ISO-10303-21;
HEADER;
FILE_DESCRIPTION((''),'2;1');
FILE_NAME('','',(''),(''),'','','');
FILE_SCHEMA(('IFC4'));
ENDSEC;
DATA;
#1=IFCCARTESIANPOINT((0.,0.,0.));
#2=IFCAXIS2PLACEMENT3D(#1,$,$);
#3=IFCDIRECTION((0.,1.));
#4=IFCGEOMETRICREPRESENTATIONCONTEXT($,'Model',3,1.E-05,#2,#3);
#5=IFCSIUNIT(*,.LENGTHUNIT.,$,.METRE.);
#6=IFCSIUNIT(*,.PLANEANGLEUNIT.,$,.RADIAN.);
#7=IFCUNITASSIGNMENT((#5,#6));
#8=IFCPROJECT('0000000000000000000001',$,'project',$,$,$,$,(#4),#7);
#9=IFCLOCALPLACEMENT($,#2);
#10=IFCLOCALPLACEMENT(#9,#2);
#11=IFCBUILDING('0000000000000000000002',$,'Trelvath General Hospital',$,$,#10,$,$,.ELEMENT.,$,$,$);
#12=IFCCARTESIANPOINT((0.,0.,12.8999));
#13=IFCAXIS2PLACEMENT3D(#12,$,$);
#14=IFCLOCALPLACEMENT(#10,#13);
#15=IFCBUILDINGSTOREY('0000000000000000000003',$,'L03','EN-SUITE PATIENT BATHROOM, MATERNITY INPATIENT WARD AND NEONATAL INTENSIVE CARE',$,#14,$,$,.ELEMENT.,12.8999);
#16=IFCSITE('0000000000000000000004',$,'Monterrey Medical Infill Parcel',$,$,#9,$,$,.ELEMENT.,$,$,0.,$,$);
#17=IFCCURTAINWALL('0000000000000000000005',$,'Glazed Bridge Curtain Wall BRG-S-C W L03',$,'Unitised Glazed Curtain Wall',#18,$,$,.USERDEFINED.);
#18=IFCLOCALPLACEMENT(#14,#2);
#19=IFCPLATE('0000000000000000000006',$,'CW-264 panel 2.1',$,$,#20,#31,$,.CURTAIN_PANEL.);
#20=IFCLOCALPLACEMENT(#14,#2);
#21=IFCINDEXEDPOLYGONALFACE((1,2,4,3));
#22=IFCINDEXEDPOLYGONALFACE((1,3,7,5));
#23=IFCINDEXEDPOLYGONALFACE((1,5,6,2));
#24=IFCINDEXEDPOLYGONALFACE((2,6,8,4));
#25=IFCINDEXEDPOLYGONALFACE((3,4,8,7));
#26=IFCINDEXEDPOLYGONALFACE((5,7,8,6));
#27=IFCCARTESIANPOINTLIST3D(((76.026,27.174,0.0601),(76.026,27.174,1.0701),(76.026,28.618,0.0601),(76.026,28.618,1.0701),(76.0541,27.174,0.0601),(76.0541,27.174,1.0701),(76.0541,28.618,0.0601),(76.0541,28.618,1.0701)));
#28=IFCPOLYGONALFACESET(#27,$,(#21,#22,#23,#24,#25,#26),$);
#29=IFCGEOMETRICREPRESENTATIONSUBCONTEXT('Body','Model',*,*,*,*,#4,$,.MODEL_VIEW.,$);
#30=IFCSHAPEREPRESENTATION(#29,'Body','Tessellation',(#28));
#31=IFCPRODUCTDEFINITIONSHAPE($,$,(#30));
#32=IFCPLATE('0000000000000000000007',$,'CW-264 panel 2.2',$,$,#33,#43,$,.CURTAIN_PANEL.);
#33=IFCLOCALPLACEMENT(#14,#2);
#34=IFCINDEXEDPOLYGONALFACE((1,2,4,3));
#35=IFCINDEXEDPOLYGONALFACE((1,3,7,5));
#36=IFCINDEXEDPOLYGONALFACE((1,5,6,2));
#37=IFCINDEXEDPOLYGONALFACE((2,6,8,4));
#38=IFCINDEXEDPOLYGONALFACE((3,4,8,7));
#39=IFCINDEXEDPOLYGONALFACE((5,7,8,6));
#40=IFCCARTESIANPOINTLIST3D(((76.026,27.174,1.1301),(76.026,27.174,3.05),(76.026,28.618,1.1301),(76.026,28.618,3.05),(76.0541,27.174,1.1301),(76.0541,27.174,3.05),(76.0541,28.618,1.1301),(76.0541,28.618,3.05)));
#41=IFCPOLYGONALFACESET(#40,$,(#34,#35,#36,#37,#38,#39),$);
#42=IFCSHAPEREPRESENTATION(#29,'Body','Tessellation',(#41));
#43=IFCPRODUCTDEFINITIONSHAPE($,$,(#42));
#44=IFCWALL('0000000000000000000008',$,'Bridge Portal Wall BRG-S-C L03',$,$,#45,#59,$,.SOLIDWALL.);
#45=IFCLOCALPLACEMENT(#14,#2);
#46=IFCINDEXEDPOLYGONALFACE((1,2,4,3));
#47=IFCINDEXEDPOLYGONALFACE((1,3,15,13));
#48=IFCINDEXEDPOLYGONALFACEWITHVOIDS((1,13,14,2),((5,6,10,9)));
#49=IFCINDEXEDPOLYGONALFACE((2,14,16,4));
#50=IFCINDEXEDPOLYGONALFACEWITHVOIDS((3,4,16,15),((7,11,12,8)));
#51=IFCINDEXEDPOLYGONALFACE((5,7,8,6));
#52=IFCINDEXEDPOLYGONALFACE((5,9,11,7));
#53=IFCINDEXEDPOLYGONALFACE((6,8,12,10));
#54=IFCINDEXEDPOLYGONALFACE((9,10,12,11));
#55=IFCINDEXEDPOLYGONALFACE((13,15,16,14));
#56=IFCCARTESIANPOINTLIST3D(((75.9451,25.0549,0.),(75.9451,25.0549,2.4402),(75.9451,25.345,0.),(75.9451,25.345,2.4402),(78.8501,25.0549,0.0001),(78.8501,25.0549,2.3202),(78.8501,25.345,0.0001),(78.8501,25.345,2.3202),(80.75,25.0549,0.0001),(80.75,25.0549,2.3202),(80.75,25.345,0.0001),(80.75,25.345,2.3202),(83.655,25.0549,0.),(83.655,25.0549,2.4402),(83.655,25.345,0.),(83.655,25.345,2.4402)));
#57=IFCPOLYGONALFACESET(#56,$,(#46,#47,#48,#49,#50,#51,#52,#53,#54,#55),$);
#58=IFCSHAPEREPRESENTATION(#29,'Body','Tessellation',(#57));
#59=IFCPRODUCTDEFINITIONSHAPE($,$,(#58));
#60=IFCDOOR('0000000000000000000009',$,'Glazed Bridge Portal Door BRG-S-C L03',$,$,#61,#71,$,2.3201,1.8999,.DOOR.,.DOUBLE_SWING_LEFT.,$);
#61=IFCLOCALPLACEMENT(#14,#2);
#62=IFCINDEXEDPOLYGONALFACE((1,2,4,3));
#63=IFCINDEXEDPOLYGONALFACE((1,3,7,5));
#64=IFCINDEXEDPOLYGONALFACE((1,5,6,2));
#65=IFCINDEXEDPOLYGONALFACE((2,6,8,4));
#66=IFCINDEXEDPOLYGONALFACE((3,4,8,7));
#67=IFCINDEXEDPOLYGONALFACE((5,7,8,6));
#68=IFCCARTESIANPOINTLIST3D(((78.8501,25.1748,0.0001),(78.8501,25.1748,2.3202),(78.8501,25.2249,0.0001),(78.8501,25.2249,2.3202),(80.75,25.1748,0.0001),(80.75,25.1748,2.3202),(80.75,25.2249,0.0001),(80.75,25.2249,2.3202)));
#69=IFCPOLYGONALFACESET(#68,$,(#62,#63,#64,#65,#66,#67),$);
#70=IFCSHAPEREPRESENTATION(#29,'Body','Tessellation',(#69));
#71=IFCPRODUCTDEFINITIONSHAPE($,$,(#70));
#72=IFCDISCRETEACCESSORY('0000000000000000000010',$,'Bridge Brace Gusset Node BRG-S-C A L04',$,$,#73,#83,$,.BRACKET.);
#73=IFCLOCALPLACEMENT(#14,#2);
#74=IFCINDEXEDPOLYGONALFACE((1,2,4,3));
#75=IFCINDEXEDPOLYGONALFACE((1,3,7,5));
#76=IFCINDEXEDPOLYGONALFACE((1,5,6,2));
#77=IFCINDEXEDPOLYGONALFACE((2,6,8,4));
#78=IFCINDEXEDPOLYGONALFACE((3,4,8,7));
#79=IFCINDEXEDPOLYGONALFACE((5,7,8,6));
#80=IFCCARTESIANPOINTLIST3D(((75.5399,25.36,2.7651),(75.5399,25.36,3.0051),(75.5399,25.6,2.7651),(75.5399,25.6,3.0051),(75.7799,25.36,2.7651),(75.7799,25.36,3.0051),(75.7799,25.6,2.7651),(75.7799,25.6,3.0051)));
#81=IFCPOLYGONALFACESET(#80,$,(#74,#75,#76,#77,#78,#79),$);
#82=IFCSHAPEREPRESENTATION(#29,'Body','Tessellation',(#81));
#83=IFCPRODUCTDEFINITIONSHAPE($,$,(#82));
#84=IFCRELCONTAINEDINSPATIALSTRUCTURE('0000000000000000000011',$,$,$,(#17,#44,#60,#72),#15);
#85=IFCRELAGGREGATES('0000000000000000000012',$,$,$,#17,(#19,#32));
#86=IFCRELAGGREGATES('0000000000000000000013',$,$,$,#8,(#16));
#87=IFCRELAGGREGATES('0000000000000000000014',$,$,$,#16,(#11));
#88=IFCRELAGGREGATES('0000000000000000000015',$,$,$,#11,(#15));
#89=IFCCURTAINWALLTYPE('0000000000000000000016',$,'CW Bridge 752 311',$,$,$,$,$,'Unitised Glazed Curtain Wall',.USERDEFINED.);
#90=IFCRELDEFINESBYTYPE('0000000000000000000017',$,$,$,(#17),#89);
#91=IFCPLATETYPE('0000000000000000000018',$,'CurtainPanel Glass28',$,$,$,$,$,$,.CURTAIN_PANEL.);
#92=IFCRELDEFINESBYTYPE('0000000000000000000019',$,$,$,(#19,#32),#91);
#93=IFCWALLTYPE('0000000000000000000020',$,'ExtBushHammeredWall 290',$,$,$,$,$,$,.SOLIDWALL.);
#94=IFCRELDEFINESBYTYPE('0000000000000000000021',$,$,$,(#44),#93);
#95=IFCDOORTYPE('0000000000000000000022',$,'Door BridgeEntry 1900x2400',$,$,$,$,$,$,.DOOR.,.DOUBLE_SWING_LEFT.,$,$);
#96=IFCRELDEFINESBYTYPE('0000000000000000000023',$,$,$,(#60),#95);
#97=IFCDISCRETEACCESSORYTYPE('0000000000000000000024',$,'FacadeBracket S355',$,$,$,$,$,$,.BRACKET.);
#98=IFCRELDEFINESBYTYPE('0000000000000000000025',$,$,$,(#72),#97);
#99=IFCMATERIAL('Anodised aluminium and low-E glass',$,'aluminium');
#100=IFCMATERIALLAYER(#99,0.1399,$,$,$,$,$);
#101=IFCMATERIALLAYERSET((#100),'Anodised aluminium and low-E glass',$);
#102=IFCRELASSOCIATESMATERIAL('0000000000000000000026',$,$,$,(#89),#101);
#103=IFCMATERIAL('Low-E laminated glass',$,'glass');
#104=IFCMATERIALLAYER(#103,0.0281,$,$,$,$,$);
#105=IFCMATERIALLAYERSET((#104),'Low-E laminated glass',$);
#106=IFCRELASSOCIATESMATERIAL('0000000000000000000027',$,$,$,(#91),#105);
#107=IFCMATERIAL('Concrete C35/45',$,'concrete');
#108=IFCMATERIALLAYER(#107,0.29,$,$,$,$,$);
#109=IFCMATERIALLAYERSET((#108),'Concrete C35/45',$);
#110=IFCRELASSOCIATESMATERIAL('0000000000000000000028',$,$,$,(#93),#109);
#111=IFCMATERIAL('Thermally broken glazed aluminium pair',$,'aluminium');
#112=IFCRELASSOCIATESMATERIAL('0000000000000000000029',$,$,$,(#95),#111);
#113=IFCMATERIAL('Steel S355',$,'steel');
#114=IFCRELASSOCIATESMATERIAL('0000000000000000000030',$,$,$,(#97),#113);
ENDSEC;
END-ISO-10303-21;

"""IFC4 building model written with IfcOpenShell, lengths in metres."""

from ifc_helpers import new_model, si_unit, direction, frame, frame_2d, origin, origin_2d, place, context, subcontext, project, spatial, rectangle, extrude, material, layer, layer_set, type_object, element, fill, aggregate, save


model = new_model("IFC4")

# Units and contexts
model_context = context("Model", 3, precision=1e-05, world=origin(), true_north=direction((0.0, 1.0)))
body_context = subcontext(model_context, "Body", "Model", "MODEL_VIEW")
ifc_project = project(units=[si_unit("LENGTHUNIT", "METRE"), si_unit("PLANEANGLEUNIT", "RADIAN")], contexts=[model_context])

# Site, building, storey
site_placement = place(None, origin())
site = spatial("IfcSite", under=ifc_project, at=site_placement, Name="Monterrey Medical Infill Parcel", CompositionType="ELEMENT", RefElevation=0.0)
building_placement = place(site_placement, origin())
building = spatial("IfcBuilding", under=site, at=building_placement, Name="Trelvath General Hospital", CompositionType="ELEMENT")
storey_placement = place(building_placement, frame((0.0, 0.0, 12.8999)))
storey = spatial("IfcBuildingStorey", under=building, at=storey_placement, Name="L03", Description="EN-SUITE PATIENT BATHROOM, MATERNITY INPATIENT WARD AND NEONATAL INTENSIVE CARE", CompositionType="ELEMENT", Elevation=12.8999)

# Curtain wall, plates
ifc_material_1 = material(Name="Anodised aluminium and low-E glass", Category="aluminium")
ifc_layer_1 = layer(ifc_material_1, 0.1399)
ifc_layer_set_1 = layer_set([ifc_layer_1], Name="Anodised aluminium and low-E glass")
curtain_wall_type = type_object("IfcCurtainWallType", Name="CW Bridge 752 311", ElementType="Unitised Glazed Curtain Wall", PredefinedType="USERDEFINED", material=ifc_layer_set_1)
curtain_wall_placement = place(storey_placement, origin())
curtain_wall = element("IfcCurtainWall", 1, at=curtain_wall_placement, inside=storey, type_object=curtain_wall_type, Name="Glazed Bridge Curtain Wall BRG-S-C W L03", ObjectType="Unitised Glazed Curtain Wall", PredefinedType="USERDEFINED")
ifc_material_2 = material(Name="Low-E laminated glass", Category="glass")
ifc_layer_2 = layer(ifc_material_2, 0.0281)
ifc_layer_set_2 = layer_set([ifc_layer_2], Name="Low-E laminated glass")
plate_type = type_object("IfcPlateType", Name="CurtainPanel Glass28", PredefinedType="CURTAIN_PANEL", material=ifc_layer_set_2)
plate_1_placement = place(storey_placement, frame((76.04, 27.896, 0.0601), z_axis=(0.0, 0.0, 1.0), x_axis=(0.0, 1.0, 0.0)))
plate_1 = element("IfcPlate", 2, at=plate_1_placement, type_object=plate_type, Name="CW-264 panel 2.1", PredefinedType="CURTAIN_PANEL", context=body_context, shape_type="SweptSolid", body=[
    extrude(rectangle(XDim=1.4441, YDim=0.0281, at=origin_2d()), origin(), (0.0, 0.0, 1.0), 1.01),
])
plate_2_placement = place(storey_placement, frame((76.04, 27.896, 1.1301), z_axis=(0.0, 0.0, 1.0), x_axis=(0.0, 1.0, 0.0)))
plate_2 = element("IfcPlate", 3, at=plate_2_placement, type_object=plate_type, Name="CW-264 panel 2.2", PredefinedType="CURTAIN_PANEL", context=body_context, shape_type="SweptSolid", body=[
    extrude(rectangle(XDim=1.4441, YDim=0.0281, at=origin_2d()), origin(), (0.0, 0.0, 1.0), 1.9199),
])
aggregate(curtain_wall, [plate_1, plate_2])

# Wall, opening, door
ifc_material_3 = material(Name="Concrete C35/45", Category="concrete")
ifc_layer_3 = layer(ifc_material_3, 0.29)
ifc_layer_set_3 = layer_set([ifc_layer_3], Name="Concrete C35/45")
wall_type = type_object("IfcWallType", Name="ExtBushHammeredWall 290", PredefinedType="SOLIDWALL", material=ifc_layer_set_3)
wall_placement = place(storey_placement, frame((75.9451, 25.2, 0.0), z_axis=(0.0, 0.0, 1.0), x_axis=(1.0, 0.0, 0.0)))
wall = element("IfcWall", 4, at=wall_placement, inside=storey, type_object=wall_type, Name="Bridge Portal Wall BRG-S-C L03", PredefinedType="SOLIDWALL", context=body_context, shape_type="SweptSolid", body=[
    extrude(rectangle(XDim=7.71, YDim=0.29, at=frame_2d((3.855, 0.0))), origin(), (0.0, 0.0, 1.0), 2.4402),
])
opening_placement = place(wall_placement, frame((2.905, 0.0, 0.0)))
opening = element("IfcOpeningElement", 5, at=opening_placement, cuts=wall, PredefinedType="OPENING", context=body_context, shape_type="SweptSolid", body=[
    extrude(rectangle(XDim=1.8999, YDim=2.3201, at=frame_2d((0.95, 1.1602))), frame((0.0, 0.155, 0.0), z_axis=(0.0, -1.0, 0.0), x_axis=(1.0, 0.0, 0.0)), (0.0, 0.0, 1.0), 0.3101),
])
ifc_material_4 = material(Name="Thermally broken glazed aluminium pair", Category="aluminium")
door_type = type_object("IfcDoorType", Name="Door BridgeEntry 1900x2400", OperationType="DOUBLE_SWING_LEFT", PredefinedType="DOOR", material=ifc_material_4)
door_placement = place(opening_placement, origin())
door = element("IfcDoor", 6, at=door_placement, inside=storey, type_object=door_type, Name="Glazed Bridge Portal Door BRG-S-C L03", OperationType="DOUBLE_SWING_LEFT", OverallHeight=2.3201, OverallWidth=1.8999, PredefinedType="DOOR", context=body_context, shape_type="SweptSolid", body=[
    extrude(rectangle(XDim=1.8999, YDim=2.3201, at=frame_2d((0.95, 1.1602))), frame((0.0, 0.0249, 0.0), z_axis=(0.0, -1.0, 0.0), x_axis=(1.0, 0.0, 0.0)), (0.0, 0.0, 1.0), 0.05),
])
fill(opening, door)

# Discrete accessory
ifc_material_5 = material(Name="Steel S355", Category="steel")
discrete_accessory_type = type_object("IfcDiscreteAccessoryType", Name="FacadeBracket S355", PredefinedType="BRACKET", material=ifc_material_5)
discrete_accessory_placement = place(storey_placement, frame((75.6599, 25.48, 2.7651), z_axis=(0.0, 0.0, 1.0), x_axis=(1.0, 0.0, 0.0)))
element("IfcDiscreteAccessory", 7, at=discrete_accessory_placement, inside=storey, type_object=discrete_accessory_type, Name="Bridge Brace Gusset Node BRG-S-C A L04", PredefinedType="BRACKET", context=body_context, shape_type="SweptSolid", body=[
    extrude(rectangle(XDim=0.24, YDim=0.24, at=origin_2d()), origin(), (0.0, 0.0, 1.0), 0.24),
])

save(model, "model.ifc")
